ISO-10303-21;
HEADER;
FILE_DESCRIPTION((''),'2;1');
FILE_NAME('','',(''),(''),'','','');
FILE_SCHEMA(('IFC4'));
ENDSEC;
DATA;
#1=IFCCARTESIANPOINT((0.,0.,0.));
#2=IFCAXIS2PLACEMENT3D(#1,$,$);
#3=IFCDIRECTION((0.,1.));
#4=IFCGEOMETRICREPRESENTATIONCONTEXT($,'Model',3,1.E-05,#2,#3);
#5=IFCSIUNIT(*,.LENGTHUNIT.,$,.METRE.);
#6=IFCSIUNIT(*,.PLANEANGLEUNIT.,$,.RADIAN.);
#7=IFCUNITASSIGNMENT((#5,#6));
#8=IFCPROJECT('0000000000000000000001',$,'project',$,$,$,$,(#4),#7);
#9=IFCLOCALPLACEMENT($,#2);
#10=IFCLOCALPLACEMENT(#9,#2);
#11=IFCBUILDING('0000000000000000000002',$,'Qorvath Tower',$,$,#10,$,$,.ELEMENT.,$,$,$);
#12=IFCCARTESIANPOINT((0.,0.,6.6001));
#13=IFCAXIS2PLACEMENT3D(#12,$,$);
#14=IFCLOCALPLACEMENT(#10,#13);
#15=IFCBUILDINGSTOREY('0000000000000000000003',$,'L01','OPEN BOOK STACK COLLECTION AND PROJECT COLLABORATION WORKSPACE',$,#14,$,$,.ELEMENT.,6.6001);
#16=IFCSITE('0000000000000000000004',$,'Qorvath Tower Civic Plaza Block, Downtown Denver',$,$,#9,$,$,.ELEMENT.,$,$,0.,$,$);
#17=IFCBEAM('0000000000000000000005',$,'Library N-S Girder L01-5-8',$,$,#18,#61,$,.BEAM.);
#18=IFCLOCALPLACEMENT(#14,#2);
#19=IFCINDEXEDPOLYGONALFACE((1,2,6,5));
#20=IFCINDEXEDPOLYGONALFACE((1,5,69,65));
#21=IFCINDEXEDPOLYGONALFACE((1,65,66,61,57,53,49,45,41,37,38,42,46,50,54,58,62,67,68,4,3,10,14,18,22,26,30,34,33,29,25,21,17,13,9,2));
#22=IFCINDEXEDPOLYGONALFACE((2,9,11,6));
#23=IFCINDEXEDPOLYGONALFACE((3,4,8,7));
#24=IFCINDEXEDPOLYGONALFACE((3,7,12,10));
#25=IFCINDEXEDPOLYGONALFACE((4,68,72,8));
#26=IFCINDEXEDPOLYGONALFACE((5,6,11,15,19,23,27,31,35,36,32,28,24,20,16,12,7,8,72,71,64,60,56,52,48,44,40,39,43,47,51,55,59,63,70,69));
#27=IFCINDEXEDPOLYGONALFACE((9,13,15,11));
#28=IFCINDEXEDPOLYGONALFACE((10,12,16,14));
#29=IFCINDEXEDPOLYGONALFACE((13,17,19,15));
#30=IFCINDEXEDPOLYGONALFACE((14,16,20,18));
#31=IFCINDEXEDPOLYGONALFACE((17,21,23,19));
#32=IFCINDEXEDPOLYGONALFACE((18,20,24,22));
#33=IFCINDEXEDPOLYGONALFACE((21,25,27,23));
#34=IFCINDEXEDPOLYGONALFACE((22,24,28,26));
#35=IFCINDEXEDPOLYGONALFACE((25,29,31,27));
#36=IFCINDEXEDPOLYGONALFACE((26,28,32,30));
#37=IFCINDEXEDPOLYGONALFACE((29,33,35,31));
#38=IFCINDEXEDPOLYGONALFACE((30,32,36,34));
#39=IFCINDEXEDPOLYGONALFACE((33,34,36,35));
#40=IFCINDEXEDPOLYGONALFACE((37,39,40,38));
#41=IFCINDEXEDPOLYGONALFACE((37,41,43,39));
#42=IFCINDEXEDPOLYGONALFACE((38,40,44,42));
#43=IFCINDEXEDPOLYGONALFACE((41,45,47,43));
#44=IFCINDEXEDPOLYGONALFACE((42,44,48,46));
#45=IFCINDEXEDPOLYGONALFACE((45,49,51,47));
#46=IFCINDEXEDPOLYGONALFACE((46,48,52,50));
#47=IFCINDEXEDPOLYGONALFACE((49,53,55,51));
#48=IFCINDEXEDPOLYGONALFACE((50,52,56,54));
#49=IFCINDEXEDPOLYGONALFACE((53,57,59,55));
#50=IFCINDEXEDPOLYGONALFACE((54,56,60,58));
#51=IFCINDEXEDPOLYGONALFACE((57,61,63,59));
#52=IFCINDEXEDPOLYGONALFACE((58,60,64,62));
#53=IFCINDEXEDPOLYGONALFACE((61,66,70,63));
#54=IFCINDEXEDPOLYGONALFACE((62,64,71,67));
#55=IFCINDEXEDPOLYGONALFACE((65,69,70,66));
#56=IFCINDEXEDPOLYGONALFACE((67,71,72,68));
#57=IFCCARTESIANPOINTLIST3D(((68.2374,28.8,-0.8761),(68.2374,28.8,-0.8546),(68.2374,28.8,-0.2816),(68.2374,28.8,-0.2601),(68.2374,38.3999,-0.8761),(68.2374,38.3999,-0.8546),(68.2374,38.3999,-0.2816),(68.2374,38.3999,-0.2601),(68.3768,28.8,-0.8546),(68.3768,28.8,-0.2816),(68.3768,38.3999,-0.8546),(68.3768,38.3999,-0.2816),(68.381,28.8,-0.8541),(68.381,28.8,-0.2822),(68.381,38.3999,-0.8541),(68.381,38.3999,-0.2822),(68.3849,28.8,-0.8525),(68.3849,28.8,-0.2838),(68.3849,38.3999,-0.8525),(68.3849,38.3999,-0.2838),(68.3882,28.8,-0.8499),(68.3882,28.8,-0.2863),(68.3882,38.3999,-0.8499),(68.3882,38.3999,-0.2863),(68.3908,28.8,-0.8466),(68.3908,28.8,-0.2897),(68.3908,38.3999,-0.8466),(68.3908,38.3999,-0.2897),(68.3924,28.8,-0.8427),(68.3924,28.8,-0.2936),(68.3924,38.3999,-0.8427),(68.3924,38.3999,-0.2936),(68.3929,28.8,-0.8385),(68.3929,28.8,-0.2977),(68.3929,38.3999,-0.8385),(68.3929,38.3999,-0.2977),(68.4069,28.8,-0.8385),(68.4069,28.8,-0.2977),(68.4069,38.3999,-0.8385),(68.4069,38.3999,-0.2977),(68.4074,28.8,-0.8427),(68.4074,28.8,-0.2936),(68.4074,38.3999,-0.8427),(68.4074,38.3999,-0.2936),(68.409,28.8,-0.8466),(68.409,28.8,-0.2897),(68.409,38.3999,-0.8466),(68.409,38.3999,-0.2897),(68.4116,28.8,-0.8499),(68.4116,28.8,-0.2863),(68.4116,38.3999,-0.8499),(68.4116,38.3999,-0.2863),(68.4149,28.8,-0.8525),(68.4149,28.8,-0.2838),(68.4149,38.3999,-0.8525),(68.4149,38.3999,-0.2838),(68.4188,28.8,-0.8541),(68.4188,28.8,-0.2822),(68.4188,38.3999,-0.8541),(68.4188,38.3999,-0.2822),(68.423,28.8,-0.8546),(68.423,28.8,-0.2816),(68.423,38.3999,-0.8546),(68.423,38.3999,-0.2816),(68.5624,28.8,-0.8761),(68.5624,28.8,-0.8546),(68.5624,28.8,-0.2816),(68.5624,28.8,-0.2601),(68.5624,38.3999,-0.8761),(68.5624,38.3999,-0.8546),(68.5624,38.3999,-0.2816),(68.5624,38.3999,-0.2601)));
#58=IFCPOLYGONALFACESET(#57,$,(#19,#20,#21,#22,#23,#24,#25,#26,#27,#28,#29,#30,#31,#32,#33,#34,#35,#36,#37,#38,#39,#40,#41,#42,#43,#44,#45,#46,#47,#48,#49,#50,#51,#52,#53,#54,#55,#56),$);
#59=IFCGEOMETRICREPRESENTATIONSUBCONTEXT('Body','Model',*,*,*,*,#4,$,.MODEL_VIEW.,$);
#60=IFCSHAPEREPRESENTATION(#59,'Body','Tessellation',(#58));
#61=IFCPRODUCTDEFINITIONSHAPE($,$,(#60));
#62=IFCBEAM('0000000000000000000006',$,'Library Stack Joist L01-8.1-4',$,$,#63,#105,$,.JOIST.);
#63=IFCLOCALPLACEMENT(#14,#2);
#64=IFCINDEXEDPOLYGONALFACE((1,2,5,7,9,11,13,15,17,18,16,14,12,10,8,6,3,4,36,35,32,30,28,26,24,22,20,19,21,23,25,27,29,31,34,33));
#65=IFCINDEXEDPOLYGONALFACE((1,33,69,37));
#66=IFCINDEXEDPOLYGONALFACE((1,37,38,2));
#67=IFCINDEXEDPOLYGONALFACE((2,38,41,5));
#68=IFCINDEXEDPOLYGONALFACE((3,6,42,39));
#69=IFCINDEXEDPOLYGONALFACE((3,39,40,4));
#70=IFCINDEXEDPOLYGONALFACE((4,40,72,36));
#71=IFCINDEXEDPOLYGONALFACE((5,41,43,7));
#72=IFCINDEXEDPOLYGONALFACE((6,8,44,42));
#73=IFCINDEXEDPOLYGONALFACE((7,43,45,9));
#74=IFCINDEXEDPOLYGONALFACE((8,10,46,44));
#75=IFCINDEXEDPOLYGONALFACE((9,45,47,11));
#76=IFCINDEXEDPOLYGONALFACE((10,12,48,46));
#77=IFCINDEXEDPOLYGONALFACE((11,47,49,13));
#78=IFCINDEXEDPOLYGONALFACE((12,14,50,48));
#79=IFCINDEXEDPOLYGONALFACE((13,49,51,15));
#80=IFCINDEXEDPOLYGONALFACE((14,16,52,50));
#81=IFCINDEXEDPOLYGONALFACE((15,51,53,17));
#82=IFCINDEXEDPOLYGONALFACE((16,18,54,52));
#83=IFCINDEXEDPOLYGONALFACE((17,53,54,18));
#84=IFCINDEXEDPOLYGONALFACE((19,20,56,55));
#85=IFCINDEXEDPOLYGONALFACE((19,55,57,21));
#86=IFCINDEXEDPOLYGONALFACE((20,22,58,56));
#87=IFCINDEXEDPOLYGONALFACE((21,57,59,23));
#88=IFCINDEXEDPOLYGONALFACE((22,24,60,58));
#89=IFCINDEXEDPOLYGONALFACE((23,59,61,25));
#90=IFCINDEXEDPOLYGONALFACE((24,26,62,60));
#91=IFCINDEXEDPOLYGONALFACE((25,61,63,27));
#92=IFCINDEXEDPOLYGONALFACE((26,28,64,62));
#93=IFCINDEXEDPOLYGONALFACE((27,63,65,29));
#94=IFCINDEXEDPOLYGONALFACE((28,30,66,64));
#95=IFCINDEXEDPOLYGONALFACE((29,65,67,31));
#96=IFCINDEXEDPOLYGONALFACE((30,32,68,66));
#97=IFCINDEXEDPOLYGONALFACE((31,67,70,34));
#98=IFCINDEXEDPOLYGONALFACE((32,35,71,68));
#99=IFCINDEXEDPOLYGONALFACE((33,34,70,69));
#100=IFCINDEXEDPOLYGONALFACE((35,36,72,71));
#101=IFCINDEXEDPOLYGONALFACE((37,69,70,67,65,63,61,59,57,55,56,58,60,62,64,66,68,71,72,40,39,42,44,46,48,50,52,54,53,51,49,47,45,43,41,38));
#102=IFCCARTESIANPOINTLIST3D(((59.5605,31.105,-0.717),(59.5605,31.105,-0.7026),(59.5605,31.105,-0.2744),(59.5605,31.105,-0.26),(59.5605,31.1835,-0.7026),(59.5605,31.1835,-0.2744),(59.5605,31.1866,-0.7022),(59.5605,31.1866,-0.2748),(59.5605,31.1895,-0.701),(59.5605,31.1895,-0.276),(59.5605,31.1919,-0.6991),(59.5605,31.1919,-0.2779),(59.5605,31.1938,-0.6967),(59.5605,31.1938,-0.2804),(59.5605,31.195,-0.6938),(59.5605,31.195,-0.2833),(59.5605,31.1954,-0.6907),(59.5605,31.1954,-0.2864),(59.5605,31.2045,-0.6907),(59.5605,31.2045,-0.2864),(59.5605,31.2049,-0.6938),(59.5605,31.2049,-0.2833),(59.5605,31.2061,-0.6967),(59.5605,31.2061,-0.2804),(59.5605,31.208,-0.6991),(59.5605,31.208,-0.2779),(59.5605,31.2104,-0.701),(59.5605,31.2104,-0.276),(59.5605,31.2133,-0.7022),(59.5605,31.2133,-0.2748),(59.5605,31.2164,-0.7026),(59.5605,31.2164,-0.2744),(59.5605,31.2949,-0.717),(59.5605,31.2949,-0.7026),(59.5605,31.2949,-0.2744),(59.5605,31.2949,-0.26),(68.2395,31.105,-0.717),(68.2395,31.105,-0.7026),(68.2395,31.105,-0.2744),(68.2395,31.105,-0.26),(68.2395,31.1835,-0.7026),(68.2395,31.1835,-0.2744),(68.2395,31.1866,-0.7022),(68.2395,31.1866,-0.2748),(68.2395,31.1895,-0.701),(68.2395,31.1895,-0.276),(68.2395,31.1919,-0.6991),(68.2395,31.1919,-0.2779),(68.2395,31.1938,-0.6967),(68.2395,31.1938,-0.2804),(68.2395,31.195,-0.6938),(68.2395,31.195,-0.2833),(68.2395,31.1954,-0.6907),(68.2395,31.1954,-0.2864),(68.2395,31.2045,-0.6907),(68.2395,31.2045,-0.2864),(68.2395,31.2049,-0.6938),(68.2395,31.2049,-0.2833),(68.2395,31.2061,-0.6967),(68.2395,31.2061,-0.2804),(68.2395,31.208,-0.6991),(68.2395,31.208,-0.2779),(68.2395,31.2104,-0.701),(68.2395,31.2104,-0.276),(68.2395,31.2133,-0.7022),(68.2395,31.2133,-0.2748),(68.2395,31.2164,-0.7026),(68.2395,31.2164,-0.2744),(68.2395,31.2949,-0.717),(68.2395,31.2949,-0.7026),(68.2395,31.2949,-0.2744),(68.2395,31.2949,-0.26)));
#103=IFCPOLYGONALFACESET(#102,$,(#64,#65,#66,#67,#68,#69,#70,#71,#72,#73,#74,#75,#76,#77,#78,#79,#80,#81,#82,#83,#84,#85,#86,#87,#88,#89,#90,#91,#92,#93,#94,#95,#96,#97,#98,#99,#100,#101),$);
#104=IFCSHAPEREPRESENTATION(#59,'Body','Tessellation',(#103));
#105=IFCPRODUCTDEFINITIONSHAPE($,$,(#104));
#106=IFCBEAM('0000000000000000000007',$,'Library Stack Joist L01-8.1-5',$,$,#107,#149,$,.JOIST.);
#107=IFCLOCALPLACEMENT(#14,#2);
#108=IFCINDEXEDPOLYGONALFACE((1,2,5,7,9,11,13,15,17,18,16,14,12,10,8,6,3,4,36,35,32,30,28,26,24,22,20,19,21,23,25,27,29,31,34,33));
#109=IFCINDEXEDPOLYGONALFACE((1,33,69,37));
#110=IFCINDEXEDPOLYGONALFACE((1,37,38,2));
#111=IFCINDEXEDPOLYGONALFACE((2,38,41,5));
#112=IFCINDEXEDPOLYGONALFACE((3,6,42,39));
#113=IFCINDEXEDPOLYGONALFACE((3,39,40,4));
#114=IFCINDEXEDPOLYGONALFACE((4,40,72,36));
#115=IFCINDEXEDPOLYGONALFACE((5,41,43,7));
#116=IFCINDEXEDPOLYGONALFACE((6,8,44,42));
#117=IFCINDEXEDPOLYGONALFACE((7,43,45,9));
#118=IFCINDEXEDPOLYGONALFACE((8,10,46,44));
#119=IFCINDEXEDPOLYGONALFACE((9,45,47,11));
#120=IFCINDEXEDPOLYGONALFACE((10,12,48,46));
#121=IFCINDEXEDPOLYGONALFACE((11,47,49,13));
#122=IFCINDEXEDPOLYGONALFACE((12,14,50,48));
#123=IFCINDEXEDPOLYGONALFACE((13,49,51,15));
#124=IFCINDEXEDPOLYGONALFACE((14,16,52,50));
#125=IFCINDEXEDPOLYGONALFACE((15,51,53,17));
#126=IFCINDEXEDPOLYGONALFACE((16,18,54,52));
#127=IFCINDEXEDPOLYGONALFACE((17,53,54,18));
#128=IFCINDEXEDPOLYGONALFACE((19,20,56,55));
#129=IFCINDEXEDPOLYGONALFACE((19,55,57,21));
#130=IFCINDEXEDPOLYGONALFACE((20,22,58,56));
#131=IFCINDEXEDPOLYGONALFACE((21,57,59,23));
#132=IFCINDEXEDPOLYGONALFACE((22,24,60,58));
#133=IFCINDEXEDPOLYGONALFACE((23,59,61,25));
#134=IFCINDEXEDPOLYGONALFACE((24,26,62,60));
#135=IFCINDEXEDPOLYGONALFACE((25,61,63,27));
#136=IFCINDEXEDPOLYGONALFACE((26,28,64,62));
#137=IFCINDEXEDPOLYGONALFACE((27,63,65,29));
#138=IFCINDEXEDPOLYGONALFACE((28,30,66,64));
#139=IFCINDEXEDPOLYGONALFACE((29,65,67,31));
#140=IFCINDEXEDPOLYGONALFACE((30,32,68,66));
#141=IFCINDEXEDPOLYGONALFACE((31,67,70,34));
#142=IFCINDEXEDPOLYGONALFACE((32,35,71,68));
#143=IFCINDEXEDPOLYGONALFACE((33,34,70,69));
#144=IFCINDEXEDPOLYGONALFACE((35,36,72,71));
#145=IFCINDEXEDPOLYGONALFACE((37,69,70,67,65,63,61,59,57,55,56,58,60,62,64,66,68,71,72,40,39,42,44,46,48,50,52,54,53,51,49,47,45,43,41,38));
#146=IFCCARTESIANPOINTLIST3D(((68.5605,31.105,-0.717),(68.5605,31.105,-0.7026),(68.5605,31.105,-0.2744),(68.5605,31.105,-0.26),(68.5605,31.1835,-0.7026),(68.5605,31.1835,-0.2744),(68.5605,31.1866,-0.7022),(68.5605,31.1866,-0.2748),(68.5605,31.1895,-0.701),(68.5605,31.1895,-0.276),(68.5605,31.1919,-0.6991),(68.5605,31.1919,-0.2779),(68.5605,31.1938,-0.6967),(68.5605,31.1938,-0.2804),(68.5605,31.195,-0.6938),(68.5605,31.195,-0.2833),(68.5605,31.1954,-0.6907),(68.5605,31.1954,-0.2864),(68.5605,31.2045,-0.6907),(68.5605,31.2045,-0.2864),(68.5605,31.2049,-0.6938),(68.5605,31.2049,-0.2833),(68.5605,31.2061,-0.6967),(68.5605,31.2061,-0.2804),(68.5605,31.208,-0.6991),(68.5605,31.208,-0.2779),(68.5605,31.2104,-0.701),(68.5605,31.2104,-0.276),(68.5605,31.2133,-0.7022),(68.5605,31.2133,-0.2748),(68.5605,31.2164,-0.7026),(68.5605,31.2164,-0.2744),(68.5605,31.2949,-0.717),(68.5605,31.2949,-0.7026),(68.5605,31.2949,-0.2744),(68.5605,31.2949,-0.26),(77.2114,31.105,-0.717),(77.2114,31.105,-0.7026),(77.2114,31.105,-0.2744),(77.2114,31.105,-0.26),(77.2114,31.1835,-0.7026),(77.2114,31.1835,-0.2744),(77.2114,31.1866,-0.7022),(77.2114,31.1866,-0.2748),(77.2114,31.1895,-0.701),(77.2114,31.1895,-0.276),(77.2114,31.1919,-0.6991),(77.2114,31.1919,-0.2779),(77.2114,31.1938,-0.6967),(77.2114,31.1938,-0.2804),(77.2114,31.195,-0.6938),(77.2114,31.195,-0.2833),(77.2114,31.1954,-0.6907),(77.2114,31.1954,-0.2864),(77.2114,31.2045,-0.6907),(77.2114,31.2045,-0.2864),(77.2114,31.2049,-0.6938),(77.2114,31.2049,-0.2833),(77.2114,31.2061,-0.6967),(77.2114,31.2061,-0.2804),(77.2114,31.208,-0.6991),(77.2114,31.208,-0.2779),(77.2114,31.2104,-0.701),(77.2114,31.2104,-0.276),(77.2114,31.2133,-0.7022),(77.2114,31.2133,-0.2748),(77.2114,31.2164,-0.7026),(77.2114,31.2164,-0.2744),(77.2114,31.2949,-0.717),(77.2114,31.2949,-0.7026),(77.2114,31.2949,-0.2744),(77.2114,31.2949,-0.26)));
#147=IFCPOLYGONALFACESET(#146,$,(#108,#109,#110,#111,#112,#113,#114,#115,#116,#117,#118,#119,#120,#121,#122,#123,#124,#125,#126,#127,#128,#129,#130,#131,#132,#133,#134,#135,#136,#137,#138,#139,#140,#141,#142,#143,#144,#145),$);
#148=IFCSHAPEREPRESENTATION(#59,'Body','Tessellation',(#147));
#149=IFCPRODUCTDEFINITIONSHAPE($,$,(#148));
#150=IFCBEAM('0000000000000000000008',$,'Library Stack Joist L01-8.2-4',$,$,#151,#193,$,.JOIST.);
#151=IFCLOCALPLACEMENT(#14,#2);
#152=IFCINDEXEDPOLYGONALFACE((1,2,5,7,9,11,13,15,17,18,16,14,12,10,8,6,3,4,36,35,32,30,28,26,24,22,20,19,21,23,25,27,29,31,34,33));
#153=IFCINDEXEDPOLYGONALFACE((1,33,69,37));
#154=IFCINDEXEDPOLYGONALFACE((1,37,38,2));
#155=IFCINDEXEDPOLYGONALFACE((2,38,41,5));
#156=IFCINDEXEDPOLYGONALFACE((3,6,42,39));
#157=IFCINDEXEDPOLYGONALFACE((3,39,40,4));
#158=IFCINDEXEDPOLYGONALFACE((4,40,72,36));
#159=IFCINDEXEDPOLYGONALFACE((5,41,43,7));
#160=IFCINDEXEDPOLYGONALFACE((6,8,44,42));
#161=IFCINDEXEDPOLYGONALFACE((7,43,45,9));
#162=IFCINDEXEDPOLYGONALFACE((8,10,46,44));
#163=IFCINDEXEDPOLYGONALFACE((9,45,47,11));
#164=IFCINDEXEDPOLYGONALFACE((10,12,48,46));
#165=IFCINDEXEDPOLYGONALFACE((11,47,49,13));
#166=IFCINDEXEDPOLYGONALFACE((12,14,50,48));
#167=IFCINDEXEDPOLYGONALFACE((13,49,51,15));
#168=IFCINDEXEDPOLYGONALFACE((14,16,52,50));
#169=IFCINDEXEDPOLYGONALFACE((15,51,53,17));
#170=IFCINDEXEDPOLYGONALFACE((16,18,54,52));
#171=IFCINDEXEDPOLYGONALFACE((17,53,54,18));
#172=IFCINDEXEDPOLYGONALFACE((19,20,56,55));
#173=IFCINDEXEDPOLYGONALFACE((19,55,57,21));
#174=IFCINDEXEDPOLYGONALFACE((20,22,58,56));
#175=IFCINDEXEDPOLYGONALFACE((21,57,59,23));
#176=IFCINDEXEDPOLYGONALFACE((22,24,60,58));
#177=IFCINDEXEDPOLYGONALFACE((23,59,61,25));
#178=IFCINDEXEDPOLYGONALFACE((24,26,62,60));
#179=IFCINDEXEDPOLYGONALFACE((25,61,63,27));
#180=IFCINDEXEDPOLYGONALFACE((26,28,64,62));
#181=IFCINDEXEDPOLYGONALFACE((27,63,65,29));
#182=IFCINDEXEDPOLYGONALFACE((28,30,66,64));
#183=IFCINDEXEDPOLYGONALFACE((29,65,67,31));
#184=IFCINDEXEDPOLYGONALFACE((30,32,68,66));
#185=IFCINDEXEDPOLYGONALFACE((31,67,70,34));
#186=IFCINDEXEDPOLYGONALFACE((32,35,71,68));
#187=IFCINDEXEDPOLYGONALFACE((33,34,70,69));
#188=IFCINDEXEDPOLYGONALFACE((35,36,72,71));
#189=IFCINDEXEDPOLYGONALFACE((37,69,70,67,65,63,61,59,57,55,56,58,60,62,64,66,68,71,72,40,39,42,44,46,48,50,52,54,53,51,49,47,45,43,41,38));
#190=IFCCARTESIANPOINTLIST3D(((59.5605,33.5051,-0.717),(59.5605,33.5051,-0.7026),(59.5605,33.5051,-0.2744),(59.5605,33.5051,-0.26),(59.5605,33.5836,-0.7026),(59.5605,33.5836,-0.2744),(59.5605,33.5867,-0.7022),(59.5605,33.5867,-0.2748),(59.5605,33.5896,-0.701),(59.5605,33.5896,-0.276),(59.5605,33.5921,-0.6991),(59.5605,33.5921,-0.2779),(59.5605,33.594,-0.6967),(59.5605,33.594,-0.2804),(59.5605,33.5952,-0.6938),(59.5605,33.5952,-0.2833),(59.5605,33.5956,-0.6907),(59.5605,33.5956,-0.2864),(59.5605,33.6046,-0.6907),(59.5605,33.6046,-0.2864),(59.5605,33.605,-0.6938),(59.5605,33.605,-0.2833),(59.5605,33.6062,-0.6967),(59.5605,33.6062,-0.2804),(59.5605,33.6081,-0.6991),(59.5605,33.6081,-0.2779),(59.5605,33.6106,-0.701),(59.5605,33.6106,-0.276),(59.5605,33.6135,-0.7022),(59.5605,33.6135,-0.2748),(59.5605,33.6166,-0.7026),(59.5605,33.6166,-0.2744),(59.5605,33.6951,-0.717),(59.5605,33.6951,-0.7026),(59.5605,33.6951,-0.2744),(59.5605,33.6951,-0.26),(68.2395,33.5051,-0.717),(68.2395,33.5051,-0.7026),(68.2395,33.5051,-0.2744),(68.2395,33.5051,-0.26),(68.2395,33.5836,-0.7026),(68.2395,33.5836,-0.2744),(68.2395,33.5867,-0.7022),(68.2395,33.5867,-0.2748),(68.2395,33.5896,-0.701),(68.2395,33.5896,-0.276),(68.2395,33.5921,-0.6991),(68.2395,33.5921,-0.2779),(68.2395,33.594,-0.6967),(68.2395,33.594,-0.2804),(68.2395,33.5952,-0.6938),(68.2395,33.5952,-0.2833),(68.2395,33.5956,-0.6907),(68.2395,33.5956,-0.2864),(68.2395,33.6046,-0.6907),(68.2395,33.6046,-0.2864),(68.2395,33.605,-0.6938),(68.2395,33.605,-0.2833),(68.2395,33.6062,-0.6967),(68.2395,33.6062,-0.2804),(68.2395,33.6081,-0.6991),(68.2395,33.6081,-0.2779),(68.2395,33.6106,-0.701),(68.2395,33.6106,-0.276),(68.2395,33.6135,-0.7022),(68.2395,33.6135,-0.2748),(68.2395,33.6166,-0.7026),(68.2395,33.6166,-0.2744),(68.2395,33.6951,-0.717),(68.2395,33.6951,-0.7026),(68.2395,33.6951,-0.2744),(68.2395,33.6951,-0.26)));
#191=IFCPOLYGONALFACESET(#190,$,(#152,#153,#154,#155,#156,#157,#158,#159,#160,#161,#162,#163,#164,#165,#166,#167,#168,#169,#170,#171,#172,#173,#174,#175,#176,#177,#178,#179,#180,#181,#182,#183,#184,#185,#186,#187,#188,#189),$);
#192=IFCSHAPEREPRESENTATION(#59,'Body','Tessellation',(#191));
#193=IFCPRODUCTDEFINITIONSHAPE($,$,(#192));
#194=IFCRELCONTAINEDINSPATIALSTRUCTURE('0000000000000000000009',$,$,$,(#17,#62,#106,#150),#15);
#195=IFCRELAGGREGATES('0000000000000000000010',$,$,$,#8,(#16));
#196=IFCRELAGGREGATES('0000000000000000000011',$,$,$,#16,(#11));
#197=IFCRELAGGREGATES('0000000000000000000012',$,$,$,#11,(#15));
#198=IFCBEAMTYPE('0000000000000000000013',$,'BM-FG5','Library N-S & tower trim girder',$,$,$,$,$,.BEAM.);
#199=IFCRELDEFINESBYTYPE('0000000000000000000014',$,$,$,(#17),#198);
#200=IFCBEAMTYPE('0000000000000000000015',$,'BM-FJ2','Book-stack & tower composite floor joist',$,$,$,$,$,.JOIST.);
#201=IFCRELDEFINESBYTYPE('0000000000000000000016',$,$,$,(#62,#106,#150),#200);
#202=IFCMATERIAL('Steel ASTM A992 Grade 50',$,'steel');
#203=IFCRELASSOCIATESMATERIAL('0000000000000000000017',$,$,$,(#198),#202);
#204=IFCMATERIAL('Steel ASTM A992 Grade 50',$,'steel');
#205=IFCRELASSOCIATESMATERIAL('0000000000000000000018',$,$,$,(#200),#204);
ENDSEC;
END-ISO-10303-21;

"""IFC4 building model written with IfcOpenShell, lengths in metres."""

from ifc_helpers import new_model, si_unit, direction, frame, origin, origin_2d, place, context, subcontext, project, spatial, i_section, extrude, material, material_profile, profile_set, type_object, element, save


model = new_model("IFC4")

# Units and contexts
model_context = context("Model", 3, precision=1e-05, world=origin(), true_north=direction((0.0, 1.0)))
body_context = subcontext(model_context, "Body", "Model", "MODEL_VIEW")
ifc_project = project(units=[si_unit("LENGTHUNIT", "METRE"), si_unit("PLANEANGLEUNIT", "RADIAN")], contexts=[model_context])

# Site, building, storey
site_placement = place(None, origin())
site = spatial("IfcSite", under=ifc_project, at=site_placement, Name="Qorvath Tower Civic Plaza Block, Downtown Denver", CompositionType="ELEMENT", RefElevation=0.0)
building_placement = place(site_placement, origin())
building = spatial("IfcBuilding", under=site, at=building_placement, Name="Qorvath Tower", CompositionType="ELEMENT")
storey_placement = place(building_placement, frame((0.0, 0.0, 6.6001)))
storey = spatial("IfcBuildingStorey", under=building, at=storey_placement, Name="L01", Description="OPEN BOOK STACK COLLECTION AND PROJECT COLLABORATION WORKSPACE", CompositionType="ELEMENT", Elevation=6.6001)

# Beams
ifc_material_1 = material(Name="Steel ASTM A992 Grade 50", Category="steel")
ifc_material_profile_1 = material_profile(ifc_material_1, i_section(OverallWidth=0.325, OverallDepth=0.616, WebThickness=0.0139, FlangeThickness=0.0215, FilletRadius=0.0161, at=origin_2d()), Name="W24x117")
ifc_profile_set_1 = profile_set([ifc_material_profile_1], Name="Steel ASTM A992 Grade 50")
beam_type_1 = type_object("IfcBeamType", Name="BM-FG5", Description="Library N-S & tower trim girder", PredefinedType="BEAM", material=ifc_profile_set_1)
for number, where, z_axis, x_axis, name in (
    (1, (68.3999, 28.8, -0.5681), (0.0, 1.0, 0.0), (-1.0, 0.0, 0.0), "Library N-S Girder L01-5-8"),
):
    element("IfcBeam", number, at=place(storey_placement, frame(where, z_axis=z_axis, x_axis=x_axis)), inside=storey, type_object=beam_type_1, Name=name, PredefinedType="BEAM", context=body_context, shape_type="SweptSolid", body=[
        extrude(i_section(OverallWidth=0.325, OverallDepth=0.616, WebThickness=0.0139, FlangeThickness=0.0215, FilletRadius=0.0161, at=origin_2d()), origin(), (0.0, 0.0, 1.0), 9.5999),
    ])
ifc_material_2 = material(Name="Steel ASTM A992 Grade 50", Category="steel")
ifc_material_profile_2 = material_profile(ifc_material_2, i_section(OverallWidth=0.1899, OverallDepth=0.457, WebThickness=0.009, FlangeThickness=0.0144, FilletRadius=0.012, at=origin_2d()), Name="W18x50")
ifc_profile_set_2 = profile_set([ifc_material_profile_2], Name="Steel ASTM A992 Grade 50")
beam_type_2 = type_object("IfcBeamType", Name="BM-FJ2", Description="Book-stack & tower composite floor joist", PredefinedType="JOIST", material=ifc_profile_set_2)
beam_1_placement = place(storey_placement, frame((59.5605, 31.2, -0.4885), z_axis=(1.0, 0.0, 0.0), x_axis=(0.0, 1.0, 0.0)))
element("IfcBeam", 2, at=beam_1_placement, inside=storey, type_object=beam_type_2, Name="Library Stack Joist L01-8.1-4", PredefinedType="JOIST", context=body_context, shape_type="SweptSolid", body=[
    extrude(i_section(OverallWidth=0.1899, OverallDepth=0.457, WebThickness=0.009, FlangeThickness=0.0144, FilletRadius=0.012, at=origin_2d()), origin(), (0.0, 0.0, 1.0), 8.679),
])
beam_2_placement = place(storey_placement, frame((68.5605, 31.2, -0.4885), z_axis=(1.0, 0.0, 0.0), x_axis=(0.0, 1.0, 0.0)))
element("IfcBeam", 3, at=beam_2_placement, inside=storey, type_object=beam_type_2, Name="Library Stack Joist L01-8.1-5", PredefinedType="JOIST", context=body_context, shape_type="SweptSolid", body=[
    extrude(i_section(OverallWidth=0.1899, OverallDepth=0.457, WebThickness=0.009, FlangeThickness=0.0144, FilletRadius=0.012, at=origin_2d()), origin(), (0.0, 0.0, 1.0), 8.6509),
])
beam_3_placement = place(storey_placement, frame((59.5605, 33.6001, -0.4885), z_axis=(1.0, 0.0, 0.0), x_axis=(0.0, 1.0, 0.0)))
element("IfcBeam", 4, at=beam_3_placement, inside=storey, type_object=beam_type_2, Name="Library Stack Joist L01-8.2-4", PredefinedType="JOIST", context=body_context, shape_type="SweptSolid", body=[
    extrude(i_section(OverallWidth=0.1899, OverallDepth=0.457, WebThickness=0.009, FlangeThickness=0.0144, FilletRadius=0.012, at=origin_2d()), origin(), (0.0, 0.0, 1.0), 8.679),
])

save(model, "model.ifc")
